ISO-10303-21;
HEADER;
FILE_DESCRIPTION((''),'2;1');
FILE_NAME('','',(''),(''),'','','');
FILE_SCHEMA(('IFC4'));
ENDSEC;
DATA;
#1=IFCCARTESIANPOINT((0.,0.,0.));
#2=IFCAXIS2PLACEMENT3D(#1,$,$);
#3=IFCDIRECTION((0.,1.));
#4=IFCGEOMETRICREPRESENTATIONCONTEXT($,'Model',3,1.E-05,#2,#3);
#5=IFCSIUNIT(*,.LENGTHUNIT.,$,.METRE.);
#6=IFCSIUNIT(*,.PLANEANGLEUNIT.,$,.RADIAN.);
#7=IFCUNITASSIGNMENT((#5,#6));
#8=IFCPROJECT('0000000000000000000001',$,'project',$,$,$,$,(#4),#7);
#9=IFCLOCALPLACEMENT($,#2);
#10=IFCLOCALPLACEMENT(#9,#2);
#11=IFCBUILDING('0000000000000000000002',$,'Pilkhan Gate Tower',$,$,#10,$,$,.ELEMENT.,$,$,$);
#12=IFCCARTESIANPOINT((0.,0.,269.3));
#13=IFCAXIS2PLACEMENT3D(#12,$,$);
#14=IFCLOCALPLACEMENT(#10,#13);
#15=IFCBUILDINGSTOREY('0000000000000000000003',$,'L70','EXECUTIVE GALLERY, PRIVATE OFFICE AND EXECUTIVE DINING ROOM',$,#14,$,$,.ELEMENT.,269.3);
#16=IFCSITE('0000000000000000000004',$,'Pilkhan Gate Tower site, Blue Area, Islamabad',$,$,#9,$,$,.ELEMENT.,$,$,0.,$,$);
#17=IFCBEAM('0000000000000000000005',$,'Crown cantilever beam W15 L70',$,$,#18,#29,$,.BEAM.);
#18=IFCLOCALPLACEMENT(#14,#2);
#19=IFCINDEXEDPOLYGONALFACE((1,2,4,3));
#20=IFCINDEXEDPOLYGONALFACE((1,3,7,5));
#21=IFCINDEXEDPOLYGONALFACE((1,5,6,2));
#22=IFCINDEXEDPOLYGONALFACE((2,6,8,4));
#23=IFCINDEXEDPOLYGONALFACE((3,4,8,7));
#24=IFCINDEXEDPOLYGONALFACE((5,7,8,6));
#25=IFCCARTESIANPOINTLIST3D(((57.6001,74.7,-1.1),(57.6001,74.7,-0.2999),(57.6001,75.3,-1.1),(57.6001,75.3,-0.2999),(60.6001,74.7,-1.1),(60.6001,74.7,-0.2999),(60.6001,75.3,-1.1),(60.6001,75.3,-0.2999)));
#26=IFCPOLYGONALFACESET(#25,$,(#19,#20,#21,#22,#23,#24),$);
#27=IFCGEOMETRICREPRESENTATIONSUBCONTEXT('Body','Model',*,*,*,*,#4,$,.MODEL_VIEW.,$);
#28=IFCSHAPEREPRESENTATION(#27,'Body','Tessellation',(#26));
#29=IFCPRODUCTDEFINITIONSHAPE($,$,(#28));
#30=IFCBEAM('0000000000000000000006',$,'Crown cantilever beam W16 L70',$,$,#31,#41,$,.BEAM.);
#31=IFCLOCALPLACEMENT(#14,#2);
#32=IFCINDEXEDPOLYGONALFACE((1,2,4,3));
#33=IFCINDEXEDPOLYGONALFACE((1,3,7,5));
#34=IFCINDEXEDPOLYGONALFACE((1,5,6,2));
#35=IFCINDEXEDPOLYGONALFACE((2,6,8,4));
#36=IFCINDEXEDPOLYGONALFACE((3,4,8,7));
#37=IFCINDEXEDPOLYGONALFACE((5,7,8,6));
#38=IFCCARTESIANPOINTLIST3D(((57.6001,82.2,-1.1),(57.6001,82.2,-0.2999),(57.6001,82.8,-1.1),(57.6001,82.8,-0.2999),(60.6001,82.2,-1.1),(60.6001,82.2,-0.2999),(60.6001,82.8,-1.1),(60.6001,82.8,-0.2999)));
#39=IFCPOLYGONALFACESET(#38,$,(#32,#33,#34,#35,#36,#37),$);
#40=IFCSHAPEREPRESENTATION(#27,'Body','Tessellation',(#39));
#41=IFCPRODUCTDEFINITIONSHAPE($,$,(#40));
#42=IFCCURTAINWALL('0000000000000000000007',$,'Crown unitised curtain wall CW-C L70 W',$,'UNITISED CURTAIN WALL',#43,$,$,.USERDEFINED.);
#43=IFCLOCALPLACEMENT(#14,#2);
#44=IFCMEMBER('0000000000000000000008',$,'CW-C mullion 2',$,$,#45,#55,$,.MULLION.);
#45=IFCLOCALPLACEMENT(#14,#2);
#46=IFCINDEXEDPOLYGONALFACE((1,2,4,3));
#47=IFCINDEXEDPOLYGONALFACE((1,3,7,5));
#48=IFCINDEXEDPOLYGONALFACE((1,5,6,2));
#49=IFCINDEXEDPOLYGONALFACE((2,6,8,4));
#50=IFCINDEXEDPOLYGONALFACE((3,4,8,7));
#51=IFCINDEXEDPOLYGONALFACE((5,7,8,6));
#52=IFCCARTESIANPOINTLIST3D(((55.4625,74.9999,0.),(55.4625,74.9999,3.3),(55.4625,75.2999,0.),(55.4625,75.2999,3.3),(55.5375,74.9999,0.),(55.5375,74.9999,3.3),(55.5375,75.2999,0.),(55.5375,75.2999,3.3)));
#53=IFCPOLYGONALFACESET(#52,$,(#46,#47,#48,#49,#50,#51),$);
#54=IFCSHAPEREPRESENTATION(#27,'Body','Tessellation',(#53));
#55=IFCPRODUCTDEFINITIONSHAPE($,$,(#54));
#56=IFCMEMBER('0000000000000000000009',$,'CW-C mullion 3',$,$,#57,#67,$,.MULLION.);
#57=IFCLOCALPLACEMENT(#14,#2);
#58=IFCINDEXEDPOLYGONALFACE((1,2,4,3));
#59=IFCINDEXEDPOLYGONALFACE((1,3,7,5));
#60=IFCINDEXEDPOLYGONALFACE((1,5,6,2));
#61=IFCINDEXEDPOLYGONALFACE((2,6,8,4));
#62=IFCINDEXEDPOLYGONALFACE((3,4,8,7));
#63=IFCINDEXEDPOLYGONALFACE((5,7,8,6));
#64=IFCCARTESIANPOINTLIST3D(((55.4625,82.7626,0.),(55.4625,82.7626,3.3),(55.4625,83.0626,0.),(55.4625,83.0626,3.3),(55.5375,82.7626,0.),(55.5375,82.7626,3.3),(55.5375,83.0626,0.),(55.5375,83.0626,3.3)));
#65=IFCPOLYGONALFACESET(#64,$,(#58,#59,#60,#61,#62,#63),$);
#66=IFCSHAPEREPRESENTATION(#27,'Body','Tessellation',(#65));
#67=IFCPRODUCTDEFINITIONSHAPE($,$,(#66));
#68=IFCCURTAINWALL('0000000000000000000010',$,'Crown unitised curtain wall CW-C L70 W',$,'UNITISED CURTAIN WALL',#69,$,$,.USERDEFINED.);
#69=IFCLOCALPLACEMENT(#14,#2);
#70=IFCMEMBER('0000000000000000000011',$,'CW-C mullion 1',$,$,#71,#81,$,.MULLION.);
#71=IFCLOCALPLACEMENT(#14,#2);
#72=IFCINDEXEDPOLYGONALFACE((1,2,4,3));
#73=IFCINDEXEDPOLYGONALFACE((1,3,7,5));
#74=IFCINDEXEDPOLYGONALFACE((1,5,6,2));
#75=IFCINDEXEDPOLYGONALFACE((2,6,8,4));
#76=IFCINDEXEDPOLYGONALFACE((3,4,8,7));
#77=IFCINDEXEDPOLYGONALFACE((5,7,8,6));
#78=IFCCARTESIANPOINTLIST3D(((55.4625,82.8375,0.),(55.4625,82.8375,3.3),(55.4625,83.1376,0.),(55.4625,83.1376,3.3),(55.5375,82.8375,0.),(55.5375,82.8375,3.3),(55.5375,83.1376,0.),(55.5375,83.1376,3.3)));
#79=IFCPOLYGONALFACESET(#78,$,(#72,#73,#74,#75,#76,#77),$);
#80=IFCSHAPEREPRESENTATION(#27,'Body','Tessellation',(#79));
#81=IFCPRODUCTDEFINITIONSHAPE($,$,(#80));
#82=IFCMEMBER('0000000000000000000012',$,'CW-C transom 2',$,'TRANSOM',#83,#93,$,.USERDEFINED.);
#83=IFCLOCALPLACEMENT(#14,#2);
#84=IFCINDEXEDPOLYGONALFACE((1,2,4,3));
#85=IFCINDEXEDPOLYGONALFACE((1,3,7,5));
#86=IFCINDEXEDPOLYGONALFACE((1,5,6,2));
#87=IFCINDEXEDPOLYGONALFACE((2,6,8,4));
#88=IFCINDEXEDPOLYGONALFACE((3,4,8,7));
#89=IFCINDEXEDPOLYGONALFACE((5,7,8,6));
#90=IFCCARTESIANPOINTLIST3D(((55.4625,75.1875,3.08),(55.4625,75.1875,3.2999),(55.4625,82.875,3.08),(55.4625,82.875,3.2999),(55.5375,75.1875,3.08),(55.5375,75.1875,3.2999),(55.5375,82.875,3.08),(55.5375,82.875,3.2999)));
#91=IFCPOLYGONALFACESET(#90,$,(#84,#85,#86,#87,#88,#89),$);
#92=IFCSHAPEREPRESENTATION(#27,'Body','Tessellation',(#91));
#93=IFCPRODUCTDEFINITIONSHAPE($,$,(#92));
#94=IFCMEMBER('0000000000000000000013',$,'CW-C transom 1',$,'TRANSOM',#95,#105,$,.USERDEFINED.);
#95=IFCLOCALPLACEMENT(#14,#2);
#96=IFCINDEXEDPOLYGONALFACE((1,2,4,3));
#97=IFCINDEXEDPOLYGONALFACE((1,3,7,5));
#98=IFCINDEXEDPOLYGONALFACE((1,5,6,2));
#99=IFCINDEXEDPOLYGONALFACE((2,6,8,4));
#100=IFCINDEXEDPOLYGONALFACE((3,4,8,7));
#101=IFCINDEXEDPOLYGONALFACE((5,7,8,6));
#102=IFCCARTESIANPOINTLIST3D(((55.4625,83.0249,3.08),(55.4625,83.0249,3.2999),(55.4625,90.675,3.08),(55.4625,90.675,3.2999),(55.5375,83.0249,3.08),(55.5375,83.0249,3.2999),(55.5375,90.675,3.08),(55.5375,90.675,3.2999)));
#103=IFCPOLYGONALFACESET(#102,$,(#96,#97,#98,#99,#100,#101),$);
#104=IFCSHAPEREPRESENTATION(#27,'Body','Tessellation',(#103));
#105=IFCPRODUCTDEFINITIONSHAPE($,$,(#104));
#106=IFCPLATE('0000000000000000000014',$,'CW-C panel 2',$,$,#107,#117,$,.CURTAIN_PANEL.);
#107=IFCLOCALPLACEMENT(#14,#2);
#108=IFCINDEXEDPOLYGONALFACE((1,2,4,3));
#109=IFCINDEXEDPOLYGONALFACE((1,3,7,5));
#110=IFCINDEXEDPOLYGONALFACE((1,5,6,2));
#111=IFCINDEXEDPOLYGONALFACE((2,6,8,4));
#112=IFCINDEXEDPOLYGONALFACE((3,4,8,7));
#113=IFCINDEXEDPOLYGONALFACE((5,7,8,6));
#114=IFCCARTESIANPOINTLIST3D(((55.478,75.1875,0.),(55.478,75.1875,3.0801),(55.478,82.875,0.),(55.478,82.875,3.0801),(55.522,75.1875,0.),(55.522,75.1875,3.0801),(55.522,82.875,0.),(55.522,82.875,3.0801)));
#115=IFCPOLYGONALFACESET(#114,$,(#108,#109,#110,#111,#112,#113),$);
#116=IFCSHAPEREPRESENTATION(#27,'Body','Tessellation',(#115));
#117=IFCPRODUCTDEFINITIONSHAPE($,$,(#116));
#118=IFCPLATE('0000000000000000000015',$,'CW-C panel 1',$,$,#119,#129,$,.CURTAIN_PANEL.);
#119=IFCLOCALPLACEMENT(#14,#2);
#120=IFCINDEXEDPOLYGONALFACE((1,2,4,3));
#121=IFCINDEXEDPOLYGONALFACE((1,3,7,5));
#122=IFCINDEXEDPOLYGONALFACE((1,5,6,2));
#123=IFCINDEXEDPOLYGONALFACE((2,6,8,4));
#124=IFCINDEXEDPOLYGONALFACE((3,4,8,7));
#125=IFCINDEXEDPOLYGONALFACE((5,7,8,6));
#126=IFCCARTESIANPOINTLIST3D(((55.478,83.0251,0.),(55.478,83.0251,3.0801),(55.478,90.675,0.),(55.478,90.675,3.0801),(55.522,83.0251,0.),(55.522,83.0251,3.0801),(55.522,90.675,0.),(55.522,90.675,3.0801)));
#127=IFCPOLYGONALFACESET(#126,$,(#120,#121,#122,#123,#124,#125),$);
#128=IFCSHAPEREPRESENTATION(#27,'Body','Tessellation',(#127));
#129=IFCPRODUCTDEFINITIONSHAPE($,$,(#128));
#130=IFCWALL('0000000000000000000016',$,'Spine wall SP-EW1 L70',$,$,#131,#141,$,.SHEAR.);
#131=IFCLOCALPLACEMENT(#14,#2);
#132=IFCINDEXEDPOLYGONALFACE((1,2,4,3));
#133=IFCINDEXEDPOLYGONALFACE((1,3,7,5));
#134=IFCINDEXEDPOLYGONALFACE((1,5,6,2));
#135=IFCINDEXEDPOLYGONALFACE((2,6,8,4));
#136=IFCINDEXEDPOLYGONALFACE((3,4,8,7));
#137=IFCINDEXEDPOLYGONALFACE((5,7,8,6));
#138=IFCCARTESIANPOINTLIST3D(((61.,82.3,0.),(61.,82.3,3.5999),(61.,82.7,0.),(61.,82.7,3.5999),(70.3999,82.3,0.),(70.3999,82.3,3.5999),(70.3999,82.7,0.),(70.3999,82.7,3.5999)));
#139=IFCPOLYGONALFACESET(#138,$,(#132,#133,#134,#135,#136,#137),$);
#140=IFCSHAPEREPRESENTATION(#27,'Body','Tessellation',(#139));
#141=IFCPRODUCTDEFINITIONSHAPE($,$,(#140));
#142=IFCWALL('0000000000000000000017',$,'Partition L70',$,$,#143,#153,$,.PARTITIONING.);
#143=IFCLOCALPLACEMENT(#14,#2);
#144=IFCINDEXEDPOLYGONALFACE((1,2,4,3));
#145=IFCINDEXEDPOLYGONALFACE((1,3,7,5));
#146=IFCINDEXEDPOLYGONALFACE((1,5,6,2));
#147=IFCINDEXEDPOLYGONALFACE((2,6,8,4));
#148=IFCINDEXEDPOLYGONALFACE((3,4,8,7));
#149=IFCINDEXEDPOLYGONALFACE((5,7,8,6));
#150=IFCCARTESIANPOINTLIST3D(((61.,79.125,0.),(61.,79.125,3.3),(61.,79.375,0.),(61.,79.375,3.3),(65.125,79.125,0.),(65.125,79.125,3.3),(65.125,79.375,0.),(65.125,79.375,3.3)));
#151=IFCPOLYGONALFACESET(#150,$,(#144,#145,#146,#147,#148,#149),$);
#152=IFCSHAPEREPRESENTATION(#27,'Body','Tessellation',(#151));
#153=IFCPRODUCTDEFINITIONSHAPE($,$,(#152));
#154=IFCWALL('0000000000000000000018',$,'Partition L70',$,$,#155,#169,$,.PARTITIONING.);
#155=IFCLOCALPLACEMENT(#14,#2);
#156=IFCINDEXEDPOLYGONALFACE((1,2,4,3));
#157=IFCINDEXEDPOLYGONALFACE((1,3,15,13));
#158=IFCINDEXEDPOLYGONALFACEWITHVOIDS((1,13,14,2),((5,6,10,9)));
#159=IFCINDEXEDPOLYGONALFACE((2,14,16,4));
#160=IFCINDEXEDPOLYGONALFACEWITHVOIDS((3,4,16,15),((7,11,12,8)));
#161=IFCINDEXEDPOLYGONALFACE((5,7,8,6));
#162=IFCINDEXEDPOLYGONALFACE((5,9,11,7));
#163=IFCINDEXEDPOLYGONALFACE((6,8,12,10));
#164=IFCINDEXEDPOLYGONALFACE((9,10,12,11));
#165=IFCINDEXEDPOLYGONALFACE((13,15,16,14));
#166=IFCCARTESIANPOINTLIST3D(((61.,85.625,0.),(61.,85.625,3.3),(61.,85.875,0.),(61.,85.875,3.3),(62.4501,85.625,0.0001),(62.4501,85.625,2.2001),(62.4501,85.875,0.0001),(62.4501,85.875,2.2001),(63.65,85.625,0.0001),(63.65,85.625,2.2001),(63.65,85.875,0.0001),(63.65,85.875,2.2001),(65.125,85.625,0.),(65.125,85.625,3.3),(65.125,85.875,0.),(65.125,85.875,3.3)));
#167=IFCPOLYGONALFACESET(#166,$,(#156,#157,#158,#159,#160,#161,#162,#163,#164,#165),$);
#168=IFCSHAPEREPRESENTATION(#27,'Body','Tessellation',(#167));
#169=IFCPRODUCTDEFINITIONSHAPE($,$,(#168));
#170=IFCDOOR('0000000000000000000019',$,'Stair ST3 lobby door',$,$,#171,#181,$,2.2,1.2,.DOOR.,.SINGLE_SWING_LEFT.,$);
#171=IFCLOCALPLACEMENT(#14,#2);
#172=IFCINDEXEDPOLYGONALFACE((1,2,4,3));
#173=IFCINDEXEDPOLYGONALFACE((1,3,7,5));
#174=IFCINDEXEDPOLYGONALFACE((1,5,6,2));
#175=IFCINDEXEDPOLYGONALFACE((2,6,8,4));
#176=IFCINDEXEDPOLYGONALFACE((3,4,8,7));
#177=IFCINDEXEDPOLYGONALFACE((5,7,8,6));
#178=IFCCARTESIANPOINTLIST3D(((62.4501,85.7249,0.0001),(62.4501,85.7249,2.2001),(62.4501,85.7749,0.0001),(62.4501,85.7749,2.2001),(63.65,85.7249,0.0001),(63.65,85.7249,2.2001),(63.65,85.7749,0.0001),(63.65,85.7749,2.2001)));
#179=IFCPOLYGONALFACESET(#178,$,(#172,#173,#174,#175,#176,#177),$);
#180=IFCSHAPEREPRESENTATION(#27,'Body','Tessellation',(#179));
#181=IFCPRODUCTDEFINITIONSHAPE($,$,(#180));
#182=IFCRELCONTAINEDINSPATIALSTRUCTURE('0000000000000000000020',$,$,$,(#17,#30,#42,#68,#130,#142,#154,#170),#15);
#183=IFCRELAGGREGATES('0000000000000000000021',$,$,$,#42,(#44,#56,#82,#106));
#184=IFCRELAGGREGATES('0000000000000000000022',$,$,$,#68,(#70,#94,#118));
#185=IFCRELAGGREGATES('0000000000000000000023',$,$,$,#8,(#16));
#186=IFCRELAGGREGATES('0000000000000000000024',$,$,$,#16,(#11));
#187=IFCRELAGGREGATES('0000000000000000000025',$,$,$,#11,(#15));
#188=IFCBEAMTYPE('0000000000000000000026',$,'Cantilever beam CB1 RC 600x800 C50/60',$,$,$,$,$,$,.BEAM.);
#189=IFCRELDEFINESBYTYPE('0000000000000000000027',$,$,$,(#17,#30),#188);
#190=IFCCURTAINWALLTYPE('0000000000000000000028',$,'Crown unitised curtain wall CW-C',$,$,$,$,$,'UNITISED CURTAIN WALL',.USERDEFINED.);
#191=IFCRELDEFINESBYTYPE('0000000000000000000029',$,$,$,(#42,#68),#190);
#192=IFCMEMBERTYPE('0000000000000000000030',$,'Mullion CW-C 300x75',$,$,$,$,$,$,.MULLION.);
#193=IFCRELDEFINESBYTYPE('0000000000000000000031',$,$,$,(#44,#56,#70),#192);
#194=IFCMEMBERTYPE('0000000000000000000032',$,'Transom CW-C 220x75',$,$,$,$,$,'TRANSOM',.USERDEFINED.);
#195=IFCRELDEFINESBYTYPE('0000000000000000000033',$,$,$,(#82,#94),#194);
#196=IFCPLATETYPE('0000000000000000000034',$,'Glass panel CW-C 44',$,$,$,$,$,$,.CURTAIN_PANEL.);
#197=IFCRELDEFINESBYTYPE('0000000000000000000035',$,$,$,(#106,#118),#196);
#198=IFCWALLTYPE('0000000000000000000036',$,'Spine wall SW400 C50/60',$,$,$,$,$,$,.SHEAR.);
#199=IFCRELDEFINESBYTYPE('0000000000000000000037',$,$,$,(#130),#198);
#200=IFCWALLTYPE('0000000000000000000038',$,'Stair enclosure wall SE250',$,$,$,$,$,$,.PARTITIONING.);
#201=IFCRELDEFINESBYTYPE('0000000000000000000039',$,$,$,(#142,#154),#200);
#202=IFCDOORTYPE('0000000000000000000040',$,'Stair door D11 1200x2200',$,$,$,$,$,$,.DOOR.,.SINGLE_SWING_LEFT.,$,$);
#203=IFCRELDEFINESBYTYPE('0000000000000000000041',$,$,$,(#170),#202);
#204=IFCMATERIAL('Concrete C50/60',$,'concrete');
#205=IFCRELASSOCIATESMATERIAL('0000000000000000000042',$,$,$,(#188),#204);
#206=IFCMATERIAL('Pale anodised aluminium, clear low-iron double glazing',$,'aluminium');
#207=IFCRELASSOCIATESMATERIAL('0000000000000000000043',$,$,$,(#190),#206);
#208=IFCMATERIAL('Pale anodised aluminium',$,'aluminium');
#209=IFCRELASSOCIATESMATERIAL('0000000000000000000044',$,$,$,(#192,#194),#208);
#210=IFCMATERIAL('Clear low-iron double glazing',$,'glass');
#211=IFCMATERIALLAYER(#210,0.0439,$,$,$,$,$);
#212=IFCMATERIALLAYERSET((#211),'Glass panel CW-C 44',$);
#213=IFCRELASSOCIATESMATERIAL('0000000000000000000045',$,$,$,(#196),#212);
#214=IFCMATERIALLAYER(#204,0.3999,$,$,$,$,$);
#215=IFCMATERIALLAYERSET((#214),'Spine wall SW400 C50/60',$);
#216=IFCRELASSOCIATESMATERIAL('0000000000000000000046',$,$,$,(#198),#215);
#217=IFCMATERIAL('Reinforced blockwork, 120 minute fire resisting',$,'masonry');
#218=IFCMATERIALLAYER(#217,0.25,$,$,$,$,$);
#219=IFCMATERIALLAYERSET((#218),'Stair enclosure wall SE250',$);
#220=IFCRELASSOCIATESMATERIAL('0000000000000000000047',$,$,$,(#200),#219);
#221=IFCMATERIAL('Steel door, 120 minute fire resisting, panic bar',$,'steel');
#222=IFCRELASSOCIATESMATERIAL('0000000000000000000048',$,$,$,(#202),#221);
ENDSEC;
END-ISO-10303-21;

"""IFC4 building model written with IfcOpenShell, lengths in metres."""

from ifc_helpers import new_model, si_unit, direction, frame, frame_2d, origin, origin_2d, place, context, subcontext, project, spatial, rectangle, extrude, material, layer, layer_set, material_profile, profile_set, type_object, element, fill, aggregate, save


model = new_model("IFC4")

# Units and contexts
model_context = context("Model", 3, precision=1e-05, world=origin(), true_north=direction((0.0, 1.0)))
body_context = subcontext(model_context, "Body", "Model", "MODEL_VIEW")
ifc_project = project(units=[si_unit("LENGTHUNIT", "METRE"), si_unit("PLANEANGLEUNIT", "RADIAN")], contexts=[model_context])

# Site, building, storey
site_placement = place(None, origin())
site = spatial("IfcSite", under=ifc_project, at=site_placement, Name="Pilkhan Gate Tower site, Blue Area, Islamabad", CompositionType="ELEMENT", RefElevation=0.0)
building_placement = place(site_placement, origin())
building = spatial("IfcBuilding", under=site, at=building_placement, Name="Pilkhan Gate Tower", CompositionType="ELEMENT")
storey_placement = place(building_placement, frame((0.0, 0.0, 269.3)))
storey = spatial("IfcBuildingStorey", under=building, at=storey_placement, Name="L70", Description="EXECUTIVE GALLERY, PRIVATE OFFICE AND EXECUTIVE DINING ROOM", CompositionType="ELEMENT", Elevation=269.3)

# Beams
ifc_material_1 = material(Name="Concrete C50/60", Category="concrete")
ifc_material_profile_1 = material_profile(ifc_material_1, rectangle(XDim=0.6001, YDim=0.8, at=origin_2d()), Name="RC 600x800")
ifc_profile_set_1 = profile_set([ifc_material_profile_1], Name="Concrete C50/60")
beam_type = type_object("IfcBeamType", Name="Cantilever beam CB1 RC 600x800 C50/60", PredefinedType="BEAM", material=ifc_profile_set_1)
for number, where, z_axis, x_axis, name in (
    (1, (60.6001, 75.0, -0.7), (-1.0, 0.0, 0.0), (0.0, -1.0, 0.0), "Crown cantilever beam W15 L70"),
    (2, (60.6001, 82.5, -0.7), (-1.0, 0.0, 0.0), (0.0, -1.0, 0.0), "Crown cantilever beam W16 L70"),
):
    element("IfcBeam", number, at=place(storey_placement, frame(where, z_axis=z_axis, x_axis=x_axis)), inside=storey, type_object=beam_type, Name=name, PredefinedType="BEAM", context=body_context, shape_type="SweptSolid", body=[
        extrude(rectangle(XDim=0.6001, YDim=0.8, at=origin_2d()), origin(), (0.0, 0.0, 1.0), 3.0),
    ])

# Curtain wall, members
ifc_material_2 = material(Name="Pale anodised aluminium, clear low-iron double glazing", Category="aluminium")
curtain_wall_type = type_object("IfcCurtainWallType", Name="Crown unitised curtain wall CW-C", ElementType="UNITISED CURTAIN WALL", PredefinedType="USERDEFINED", material=ifc_material_2)
curtain_wall_1_placement = place(storey_placement, origin())
curtain_wall_1 = element("IfcCurtainWall", 3, at=curtain_wall_1_placement, inside=storey, type_object=curtain_wall_type, Name="Crown unitised curtain wall CW-C L70 W", ObjectType="UNITISED CURTAIN WALL", PredefinedType="USERDEFINED")
ifc_material_3 = material(Name="Pale anodised aluminium", Category="aluminium")
ifc_material_profile_2 = material_profile(ifc_material_3, rectangle(XDim=0.075, YDim=0.3, at=origin_2d()), Name="Mullion 300x75")
ifc_profile_set_2 = profile_set([ifc_material_profile_2], Name="Pale anodised aluminium")
member_type_1 = type_object("IfcMemberType", Name="Mullion CW-C 300x75", PredefinedType="MULLION", material=ifc_profile_set_2)
member_1_placement = place(storey_placement, frame((55.5, 75.1499, 0.0), z_axis=(0.0, 0.0, 1.0), x_axis=(-1.0, 0.0, 0.0)))
member_1 = element("IfcMember", 4, at=member_1_placement, type_object=member_type_1, Name="CW-C mullion 2", PredefinedType="MULLION", context=body_context, shape_type="SweptSolid", body=[
    extrude(rectangle(XDim=0.075, YDim=0.3, at=origin_2d()), origin(), (0.0, 0.0, 1.0), 3.3),
])
member_2_placement = place(storey_placement, frame((55.5, 82.9126, 0.0), z_axis=(0.0, 0.0, 1.0), x_axis=(-1.0, 0.0, 0.0)))
member_2 = element("IfcMember", 5, at=member_2_placement, type_object=member_type_1, Name="CW-C mullion 3", PredefinedType="MULLION", context=body_context, shape_type="SweptSolid", body=[
    extrude(rectangle(XDim=0.075, YDim=0.3, at=origin_2d()), origin(), (0.0, 0.0, 1.0), 3.3),
])

# Curtain wall, member
curtain_wall_2_placement = place(storey_placement, origin())
curtain_wall_2 = element("IfcCurtainWall", 6, at=curtain_wall_2_placement, inside=storey, type_object=curtain_wall_type, Name="Crown unitised curtain wall CW-C L70 W", ObjectType="UNITISED CURTAIN WALL", PredefinedType="USERDEFINED")
member_3_placement = place(storey_placement, frame((55.5, 82.9875, 0.0), z_axis=(0.0, 0.0, 1.0), x_axis=(-1.0, 0.0, 0.0)))
member_3 = element("IfcMember", 7, at=member_3_placement, type_object=member_type_1, Name="CW-C mullion 1", PredefinedType="MULLION", context=body_context, shape_type="SweptSolid", body=[
    extrude(rectangle(XDim=0.075, YDim=0.3, at=origin_2d()), origin(), (0.0, 0.0, 1.0), 3.3),
])

# Members
ifc_material_profile_3 = material_profile(ifc_material_3, rectangle(XDim=0.075, YDim=0.22, at=origin_2d()), Name="Transom 220x75")
ifc_profile_set_3 = profile_set([ifc_material_profile_3], Name="Pale anodised aluminium")
member_type_2 = type_object("IfcMemberType", Name="Transom CW-C 220x75", ElementType="TRANSOM", PredefinedType="USERDEFINED", material=ifc_profile_set_3)
member_4_placement = place(storey_placement, frame((55.5, 75.1875, 3.1899), z_axis=(0.0, 1.0, 0.0), x_axis=(-1.0, 0.0, 0.0)))
member_4 = element("IfcMember", 8, at=member_4_placement, type_object=member_type_2, Name="CW-C transom 2", ObjectType="TRANSOM", PredefinedType="USERDEFINED", context=body_context, shape_type="SweptSolid", body=[
    extrude(rectangle(XDim=0.075, YDim=0.22, at=origin_2d()), origin(), (0.0, 0.0, 1.0), 7.6875),
])
member_5_placement = place(storey_placement, frame((55.5, 83.0249, 3.1899), z_axis=(0.0, 1.0, 0.0), x_axis=(-1.0, 0.0, 0.0)))
member_5 = element("IfcMember", 9, at=member_5_placement, type_object=member_type_2, Name="CW-C transom 1", ObjectType="TRANSOM", PredefinedType="USERDEFINED", context=body_context, shape_type="SweptSolid", body=[
    extrude(rectangle(XDim=0.075, YDim=0.22, at=origin_2d()), origin(), (0.0, 0.0, 1.0), 7.6501),
])

# Plates
ifc_material_4 = material(Name="Clear low-iron double glazing", Category="glass")
ifc_layer_1 = layer(ifc_material_4, 0.0439)
ifc_layer_set_1 = layer_set([ifc_layer_1], Name="Glass panel CW-C 44")
plate_type = type_object("IfcPlateType", Name="Glass panel CW-C 44", PredefinedType="CURTAIN_PANEL", material=ifc_layer_set_1)
plate_1_placement = place(storey_placement, frame((55.5, 79.0312, 0.0), z_axis=(0.0, 0.0, 1.0), x_axis=(0.0, 1.0, 0.0)))
plate_1 = element("IfcPlate", 10, at=plate_1_placement, type_object=plate_type, Name="CW-C panel 2", PredefinedType="CURTAIN_PANEL", context=body_context, shape_type="SweptSolid", body=[
    extrude(rectangle(XDim=7.6875, YDim=0.0439, at=origin_2d()), origin(), (0.0, 0.0, 1.0), 3.0801),
])
aggregate(curtain_wall_1, [member_1, member_2, member_4, plate_1])
plate_2_placement = place(storey_placement, frame((55.5, 86.8501, 0.0), z_axis=(0.0, 0.0, 1.0), x_axis=(0.0, 1.0, 0.0)))
plate_2 = element("IfcPlate", 11, at=plate_2_placement, type_object=plate_type, Name="CW-C panel 1", PredefinedType="CURTAIN_PANEL", context=body_context, shape_type="SweptSolid", body=[
    extrude(rectangle(XDim=7.6499, YDim=0.0439, at=origin_2d()), origin(), (0.0, 0.0, 1.0), 3.0801),
])
aggregate(curtain_wall_2, [member_3, member_5, plate_2])

# Walls
ifc_layer_2 = layer(ifc_material_1, 0.3999)
ifc_layer_set_2 = layer_set([ifc_layer_2], Name="Spine wall SW400 C50/60")
wall_type_1 = type_object("IfcWallType", Name="Spine wall SW400 C50/60", PredefinedType="SHEAR", material=ifc_layer_set_2)
wall_1_placement = place(storey_placement, frame((61.0, 82.5, 0.0), z_axis=(0.0, 0.0, 1.0), x_axis=(1.0, 0.0, 0.0)))
element("IfcWall", 12, at=wall_1_placement, inside=storey, type_object=wall_type_1, Name="Spine wall SP-EW1 L70", PredefinedType="SHEAR", context=body_context, shape_type="SweptSolid", body=[
    extrude(rectangle(XDim=9.3999, YDim=0.3999, at=frame_2d((4.7, 0.0))), origin(), (0.0, 0.0, 1.0), 3.5999),
])
ifc_material_5 = material(Name="Reinforced blockwork, 120 minute fire resisting", Category="masonry")
ifc_layer_3 = layer(ifc_material_5, 0.25)
ifc_layer_set_3 = layer_set([ifc_layer_3], Name="Stair enclosure wall SE250")
wall_type_2 = type_object("IfcWallType", Name="Stair enclosure wall SE250", PredefinedType="PARTITIONING", material=ifc_layer_set_3)
wall_2_placement = place(storey_placement, frame((61.0, 79.25, 0.0), z_axis=(0.0, 0.0, 1.0), x_axis=(1.0, 0.0, 0.0)))
element("IfcWall", 13, at=wall_2_placement, inside=storey, type_object=wall_type_2, Name="Partition L70", PredefinedType="PARTITIONING", context=body_context, shape_type="SweptSolid", body=[
    extrude(rectangle(XDim=4.125, YDim=0.25, at=frame_2d((2.0625, 0.0))), origin(), (0.0, 0.0, 1.0), 3.3),
])

# Wall, opening, door
wall_3_placement = place(storey_placement, frame((61.0, 85.75, 0.0), z_axis=(0.0, 0.0, 1.0), x_axis=(1.0, 0.0, 0.0)))
wall_3 = element("IfcWall", 14, at=wall_3_placement, inside=storey, type_object=wall_type_2, Name="Partition L70", PredefinedType="PARTITIONING", context=body_context, shape_type="SweptSolid", body=[
    extrude(rectangle(XDim=4.125, YDim=0.25, at=frame_2d((2.0625, 0.0))), origin(), (0.0, 0.0, 1.0), 3.3),
])
opening_placement = place(wall_3_placement, frame((1.45, 0.0, 0.0)))
opening = element("IfcOpeningElement", 15, at=opening_placement, cuts=wall_3, PredefinedType="OPENING", context=body_context, shape_type="SweptSolid", body=[
    extrude(rectangle(XDim=1.2, YDim=2.2, at=frame_2d((0.6001, 1.1001))), frame((0.0, 0.135, 0.0), z_axis=(0.0, -1.0, 0.0), x_axis=(1.0, 0.0, 0.0)), (0.0, 0.0, 1.0), 0.27),
])
ifc_material_6 = material(Name="Steel door, 120 minute fire resisting, panic bar", Category="steel")
door_type = type_object("IfcDoorType", Name="Stair door D11 1200x2200", OperationType="SINGLE_SWING_LEFT", PredefinedType="DOOR", material=ifc_material_6)
door_placement = place(opening_placement, origin())
door = element("IfcDoor", 16, at=door_placement, inside=storey, type_object=door_type, Name="Stair ST3 lobby door", OperationType="SINGLE_SWING_LEFT", OverallHeight=2.2, OverallWidth=1.2, PredefinedType="DOOR", context=body_context, shape_type="SweptSolid", body=[
    extrude(rectangle(XDim=1.2, YDim=2.2, at=frame_2d((0.6001, 1.1001))), frame((0.0, 0.0249, 0.0), z_axis=(0.0, -1.0, 0.0), x_axis=(1.0, 0.0, 0.0)), (0.0, 0.0, 1.0), 0.05),
])
fill(opening, door)

save(model, "model.ifc")
